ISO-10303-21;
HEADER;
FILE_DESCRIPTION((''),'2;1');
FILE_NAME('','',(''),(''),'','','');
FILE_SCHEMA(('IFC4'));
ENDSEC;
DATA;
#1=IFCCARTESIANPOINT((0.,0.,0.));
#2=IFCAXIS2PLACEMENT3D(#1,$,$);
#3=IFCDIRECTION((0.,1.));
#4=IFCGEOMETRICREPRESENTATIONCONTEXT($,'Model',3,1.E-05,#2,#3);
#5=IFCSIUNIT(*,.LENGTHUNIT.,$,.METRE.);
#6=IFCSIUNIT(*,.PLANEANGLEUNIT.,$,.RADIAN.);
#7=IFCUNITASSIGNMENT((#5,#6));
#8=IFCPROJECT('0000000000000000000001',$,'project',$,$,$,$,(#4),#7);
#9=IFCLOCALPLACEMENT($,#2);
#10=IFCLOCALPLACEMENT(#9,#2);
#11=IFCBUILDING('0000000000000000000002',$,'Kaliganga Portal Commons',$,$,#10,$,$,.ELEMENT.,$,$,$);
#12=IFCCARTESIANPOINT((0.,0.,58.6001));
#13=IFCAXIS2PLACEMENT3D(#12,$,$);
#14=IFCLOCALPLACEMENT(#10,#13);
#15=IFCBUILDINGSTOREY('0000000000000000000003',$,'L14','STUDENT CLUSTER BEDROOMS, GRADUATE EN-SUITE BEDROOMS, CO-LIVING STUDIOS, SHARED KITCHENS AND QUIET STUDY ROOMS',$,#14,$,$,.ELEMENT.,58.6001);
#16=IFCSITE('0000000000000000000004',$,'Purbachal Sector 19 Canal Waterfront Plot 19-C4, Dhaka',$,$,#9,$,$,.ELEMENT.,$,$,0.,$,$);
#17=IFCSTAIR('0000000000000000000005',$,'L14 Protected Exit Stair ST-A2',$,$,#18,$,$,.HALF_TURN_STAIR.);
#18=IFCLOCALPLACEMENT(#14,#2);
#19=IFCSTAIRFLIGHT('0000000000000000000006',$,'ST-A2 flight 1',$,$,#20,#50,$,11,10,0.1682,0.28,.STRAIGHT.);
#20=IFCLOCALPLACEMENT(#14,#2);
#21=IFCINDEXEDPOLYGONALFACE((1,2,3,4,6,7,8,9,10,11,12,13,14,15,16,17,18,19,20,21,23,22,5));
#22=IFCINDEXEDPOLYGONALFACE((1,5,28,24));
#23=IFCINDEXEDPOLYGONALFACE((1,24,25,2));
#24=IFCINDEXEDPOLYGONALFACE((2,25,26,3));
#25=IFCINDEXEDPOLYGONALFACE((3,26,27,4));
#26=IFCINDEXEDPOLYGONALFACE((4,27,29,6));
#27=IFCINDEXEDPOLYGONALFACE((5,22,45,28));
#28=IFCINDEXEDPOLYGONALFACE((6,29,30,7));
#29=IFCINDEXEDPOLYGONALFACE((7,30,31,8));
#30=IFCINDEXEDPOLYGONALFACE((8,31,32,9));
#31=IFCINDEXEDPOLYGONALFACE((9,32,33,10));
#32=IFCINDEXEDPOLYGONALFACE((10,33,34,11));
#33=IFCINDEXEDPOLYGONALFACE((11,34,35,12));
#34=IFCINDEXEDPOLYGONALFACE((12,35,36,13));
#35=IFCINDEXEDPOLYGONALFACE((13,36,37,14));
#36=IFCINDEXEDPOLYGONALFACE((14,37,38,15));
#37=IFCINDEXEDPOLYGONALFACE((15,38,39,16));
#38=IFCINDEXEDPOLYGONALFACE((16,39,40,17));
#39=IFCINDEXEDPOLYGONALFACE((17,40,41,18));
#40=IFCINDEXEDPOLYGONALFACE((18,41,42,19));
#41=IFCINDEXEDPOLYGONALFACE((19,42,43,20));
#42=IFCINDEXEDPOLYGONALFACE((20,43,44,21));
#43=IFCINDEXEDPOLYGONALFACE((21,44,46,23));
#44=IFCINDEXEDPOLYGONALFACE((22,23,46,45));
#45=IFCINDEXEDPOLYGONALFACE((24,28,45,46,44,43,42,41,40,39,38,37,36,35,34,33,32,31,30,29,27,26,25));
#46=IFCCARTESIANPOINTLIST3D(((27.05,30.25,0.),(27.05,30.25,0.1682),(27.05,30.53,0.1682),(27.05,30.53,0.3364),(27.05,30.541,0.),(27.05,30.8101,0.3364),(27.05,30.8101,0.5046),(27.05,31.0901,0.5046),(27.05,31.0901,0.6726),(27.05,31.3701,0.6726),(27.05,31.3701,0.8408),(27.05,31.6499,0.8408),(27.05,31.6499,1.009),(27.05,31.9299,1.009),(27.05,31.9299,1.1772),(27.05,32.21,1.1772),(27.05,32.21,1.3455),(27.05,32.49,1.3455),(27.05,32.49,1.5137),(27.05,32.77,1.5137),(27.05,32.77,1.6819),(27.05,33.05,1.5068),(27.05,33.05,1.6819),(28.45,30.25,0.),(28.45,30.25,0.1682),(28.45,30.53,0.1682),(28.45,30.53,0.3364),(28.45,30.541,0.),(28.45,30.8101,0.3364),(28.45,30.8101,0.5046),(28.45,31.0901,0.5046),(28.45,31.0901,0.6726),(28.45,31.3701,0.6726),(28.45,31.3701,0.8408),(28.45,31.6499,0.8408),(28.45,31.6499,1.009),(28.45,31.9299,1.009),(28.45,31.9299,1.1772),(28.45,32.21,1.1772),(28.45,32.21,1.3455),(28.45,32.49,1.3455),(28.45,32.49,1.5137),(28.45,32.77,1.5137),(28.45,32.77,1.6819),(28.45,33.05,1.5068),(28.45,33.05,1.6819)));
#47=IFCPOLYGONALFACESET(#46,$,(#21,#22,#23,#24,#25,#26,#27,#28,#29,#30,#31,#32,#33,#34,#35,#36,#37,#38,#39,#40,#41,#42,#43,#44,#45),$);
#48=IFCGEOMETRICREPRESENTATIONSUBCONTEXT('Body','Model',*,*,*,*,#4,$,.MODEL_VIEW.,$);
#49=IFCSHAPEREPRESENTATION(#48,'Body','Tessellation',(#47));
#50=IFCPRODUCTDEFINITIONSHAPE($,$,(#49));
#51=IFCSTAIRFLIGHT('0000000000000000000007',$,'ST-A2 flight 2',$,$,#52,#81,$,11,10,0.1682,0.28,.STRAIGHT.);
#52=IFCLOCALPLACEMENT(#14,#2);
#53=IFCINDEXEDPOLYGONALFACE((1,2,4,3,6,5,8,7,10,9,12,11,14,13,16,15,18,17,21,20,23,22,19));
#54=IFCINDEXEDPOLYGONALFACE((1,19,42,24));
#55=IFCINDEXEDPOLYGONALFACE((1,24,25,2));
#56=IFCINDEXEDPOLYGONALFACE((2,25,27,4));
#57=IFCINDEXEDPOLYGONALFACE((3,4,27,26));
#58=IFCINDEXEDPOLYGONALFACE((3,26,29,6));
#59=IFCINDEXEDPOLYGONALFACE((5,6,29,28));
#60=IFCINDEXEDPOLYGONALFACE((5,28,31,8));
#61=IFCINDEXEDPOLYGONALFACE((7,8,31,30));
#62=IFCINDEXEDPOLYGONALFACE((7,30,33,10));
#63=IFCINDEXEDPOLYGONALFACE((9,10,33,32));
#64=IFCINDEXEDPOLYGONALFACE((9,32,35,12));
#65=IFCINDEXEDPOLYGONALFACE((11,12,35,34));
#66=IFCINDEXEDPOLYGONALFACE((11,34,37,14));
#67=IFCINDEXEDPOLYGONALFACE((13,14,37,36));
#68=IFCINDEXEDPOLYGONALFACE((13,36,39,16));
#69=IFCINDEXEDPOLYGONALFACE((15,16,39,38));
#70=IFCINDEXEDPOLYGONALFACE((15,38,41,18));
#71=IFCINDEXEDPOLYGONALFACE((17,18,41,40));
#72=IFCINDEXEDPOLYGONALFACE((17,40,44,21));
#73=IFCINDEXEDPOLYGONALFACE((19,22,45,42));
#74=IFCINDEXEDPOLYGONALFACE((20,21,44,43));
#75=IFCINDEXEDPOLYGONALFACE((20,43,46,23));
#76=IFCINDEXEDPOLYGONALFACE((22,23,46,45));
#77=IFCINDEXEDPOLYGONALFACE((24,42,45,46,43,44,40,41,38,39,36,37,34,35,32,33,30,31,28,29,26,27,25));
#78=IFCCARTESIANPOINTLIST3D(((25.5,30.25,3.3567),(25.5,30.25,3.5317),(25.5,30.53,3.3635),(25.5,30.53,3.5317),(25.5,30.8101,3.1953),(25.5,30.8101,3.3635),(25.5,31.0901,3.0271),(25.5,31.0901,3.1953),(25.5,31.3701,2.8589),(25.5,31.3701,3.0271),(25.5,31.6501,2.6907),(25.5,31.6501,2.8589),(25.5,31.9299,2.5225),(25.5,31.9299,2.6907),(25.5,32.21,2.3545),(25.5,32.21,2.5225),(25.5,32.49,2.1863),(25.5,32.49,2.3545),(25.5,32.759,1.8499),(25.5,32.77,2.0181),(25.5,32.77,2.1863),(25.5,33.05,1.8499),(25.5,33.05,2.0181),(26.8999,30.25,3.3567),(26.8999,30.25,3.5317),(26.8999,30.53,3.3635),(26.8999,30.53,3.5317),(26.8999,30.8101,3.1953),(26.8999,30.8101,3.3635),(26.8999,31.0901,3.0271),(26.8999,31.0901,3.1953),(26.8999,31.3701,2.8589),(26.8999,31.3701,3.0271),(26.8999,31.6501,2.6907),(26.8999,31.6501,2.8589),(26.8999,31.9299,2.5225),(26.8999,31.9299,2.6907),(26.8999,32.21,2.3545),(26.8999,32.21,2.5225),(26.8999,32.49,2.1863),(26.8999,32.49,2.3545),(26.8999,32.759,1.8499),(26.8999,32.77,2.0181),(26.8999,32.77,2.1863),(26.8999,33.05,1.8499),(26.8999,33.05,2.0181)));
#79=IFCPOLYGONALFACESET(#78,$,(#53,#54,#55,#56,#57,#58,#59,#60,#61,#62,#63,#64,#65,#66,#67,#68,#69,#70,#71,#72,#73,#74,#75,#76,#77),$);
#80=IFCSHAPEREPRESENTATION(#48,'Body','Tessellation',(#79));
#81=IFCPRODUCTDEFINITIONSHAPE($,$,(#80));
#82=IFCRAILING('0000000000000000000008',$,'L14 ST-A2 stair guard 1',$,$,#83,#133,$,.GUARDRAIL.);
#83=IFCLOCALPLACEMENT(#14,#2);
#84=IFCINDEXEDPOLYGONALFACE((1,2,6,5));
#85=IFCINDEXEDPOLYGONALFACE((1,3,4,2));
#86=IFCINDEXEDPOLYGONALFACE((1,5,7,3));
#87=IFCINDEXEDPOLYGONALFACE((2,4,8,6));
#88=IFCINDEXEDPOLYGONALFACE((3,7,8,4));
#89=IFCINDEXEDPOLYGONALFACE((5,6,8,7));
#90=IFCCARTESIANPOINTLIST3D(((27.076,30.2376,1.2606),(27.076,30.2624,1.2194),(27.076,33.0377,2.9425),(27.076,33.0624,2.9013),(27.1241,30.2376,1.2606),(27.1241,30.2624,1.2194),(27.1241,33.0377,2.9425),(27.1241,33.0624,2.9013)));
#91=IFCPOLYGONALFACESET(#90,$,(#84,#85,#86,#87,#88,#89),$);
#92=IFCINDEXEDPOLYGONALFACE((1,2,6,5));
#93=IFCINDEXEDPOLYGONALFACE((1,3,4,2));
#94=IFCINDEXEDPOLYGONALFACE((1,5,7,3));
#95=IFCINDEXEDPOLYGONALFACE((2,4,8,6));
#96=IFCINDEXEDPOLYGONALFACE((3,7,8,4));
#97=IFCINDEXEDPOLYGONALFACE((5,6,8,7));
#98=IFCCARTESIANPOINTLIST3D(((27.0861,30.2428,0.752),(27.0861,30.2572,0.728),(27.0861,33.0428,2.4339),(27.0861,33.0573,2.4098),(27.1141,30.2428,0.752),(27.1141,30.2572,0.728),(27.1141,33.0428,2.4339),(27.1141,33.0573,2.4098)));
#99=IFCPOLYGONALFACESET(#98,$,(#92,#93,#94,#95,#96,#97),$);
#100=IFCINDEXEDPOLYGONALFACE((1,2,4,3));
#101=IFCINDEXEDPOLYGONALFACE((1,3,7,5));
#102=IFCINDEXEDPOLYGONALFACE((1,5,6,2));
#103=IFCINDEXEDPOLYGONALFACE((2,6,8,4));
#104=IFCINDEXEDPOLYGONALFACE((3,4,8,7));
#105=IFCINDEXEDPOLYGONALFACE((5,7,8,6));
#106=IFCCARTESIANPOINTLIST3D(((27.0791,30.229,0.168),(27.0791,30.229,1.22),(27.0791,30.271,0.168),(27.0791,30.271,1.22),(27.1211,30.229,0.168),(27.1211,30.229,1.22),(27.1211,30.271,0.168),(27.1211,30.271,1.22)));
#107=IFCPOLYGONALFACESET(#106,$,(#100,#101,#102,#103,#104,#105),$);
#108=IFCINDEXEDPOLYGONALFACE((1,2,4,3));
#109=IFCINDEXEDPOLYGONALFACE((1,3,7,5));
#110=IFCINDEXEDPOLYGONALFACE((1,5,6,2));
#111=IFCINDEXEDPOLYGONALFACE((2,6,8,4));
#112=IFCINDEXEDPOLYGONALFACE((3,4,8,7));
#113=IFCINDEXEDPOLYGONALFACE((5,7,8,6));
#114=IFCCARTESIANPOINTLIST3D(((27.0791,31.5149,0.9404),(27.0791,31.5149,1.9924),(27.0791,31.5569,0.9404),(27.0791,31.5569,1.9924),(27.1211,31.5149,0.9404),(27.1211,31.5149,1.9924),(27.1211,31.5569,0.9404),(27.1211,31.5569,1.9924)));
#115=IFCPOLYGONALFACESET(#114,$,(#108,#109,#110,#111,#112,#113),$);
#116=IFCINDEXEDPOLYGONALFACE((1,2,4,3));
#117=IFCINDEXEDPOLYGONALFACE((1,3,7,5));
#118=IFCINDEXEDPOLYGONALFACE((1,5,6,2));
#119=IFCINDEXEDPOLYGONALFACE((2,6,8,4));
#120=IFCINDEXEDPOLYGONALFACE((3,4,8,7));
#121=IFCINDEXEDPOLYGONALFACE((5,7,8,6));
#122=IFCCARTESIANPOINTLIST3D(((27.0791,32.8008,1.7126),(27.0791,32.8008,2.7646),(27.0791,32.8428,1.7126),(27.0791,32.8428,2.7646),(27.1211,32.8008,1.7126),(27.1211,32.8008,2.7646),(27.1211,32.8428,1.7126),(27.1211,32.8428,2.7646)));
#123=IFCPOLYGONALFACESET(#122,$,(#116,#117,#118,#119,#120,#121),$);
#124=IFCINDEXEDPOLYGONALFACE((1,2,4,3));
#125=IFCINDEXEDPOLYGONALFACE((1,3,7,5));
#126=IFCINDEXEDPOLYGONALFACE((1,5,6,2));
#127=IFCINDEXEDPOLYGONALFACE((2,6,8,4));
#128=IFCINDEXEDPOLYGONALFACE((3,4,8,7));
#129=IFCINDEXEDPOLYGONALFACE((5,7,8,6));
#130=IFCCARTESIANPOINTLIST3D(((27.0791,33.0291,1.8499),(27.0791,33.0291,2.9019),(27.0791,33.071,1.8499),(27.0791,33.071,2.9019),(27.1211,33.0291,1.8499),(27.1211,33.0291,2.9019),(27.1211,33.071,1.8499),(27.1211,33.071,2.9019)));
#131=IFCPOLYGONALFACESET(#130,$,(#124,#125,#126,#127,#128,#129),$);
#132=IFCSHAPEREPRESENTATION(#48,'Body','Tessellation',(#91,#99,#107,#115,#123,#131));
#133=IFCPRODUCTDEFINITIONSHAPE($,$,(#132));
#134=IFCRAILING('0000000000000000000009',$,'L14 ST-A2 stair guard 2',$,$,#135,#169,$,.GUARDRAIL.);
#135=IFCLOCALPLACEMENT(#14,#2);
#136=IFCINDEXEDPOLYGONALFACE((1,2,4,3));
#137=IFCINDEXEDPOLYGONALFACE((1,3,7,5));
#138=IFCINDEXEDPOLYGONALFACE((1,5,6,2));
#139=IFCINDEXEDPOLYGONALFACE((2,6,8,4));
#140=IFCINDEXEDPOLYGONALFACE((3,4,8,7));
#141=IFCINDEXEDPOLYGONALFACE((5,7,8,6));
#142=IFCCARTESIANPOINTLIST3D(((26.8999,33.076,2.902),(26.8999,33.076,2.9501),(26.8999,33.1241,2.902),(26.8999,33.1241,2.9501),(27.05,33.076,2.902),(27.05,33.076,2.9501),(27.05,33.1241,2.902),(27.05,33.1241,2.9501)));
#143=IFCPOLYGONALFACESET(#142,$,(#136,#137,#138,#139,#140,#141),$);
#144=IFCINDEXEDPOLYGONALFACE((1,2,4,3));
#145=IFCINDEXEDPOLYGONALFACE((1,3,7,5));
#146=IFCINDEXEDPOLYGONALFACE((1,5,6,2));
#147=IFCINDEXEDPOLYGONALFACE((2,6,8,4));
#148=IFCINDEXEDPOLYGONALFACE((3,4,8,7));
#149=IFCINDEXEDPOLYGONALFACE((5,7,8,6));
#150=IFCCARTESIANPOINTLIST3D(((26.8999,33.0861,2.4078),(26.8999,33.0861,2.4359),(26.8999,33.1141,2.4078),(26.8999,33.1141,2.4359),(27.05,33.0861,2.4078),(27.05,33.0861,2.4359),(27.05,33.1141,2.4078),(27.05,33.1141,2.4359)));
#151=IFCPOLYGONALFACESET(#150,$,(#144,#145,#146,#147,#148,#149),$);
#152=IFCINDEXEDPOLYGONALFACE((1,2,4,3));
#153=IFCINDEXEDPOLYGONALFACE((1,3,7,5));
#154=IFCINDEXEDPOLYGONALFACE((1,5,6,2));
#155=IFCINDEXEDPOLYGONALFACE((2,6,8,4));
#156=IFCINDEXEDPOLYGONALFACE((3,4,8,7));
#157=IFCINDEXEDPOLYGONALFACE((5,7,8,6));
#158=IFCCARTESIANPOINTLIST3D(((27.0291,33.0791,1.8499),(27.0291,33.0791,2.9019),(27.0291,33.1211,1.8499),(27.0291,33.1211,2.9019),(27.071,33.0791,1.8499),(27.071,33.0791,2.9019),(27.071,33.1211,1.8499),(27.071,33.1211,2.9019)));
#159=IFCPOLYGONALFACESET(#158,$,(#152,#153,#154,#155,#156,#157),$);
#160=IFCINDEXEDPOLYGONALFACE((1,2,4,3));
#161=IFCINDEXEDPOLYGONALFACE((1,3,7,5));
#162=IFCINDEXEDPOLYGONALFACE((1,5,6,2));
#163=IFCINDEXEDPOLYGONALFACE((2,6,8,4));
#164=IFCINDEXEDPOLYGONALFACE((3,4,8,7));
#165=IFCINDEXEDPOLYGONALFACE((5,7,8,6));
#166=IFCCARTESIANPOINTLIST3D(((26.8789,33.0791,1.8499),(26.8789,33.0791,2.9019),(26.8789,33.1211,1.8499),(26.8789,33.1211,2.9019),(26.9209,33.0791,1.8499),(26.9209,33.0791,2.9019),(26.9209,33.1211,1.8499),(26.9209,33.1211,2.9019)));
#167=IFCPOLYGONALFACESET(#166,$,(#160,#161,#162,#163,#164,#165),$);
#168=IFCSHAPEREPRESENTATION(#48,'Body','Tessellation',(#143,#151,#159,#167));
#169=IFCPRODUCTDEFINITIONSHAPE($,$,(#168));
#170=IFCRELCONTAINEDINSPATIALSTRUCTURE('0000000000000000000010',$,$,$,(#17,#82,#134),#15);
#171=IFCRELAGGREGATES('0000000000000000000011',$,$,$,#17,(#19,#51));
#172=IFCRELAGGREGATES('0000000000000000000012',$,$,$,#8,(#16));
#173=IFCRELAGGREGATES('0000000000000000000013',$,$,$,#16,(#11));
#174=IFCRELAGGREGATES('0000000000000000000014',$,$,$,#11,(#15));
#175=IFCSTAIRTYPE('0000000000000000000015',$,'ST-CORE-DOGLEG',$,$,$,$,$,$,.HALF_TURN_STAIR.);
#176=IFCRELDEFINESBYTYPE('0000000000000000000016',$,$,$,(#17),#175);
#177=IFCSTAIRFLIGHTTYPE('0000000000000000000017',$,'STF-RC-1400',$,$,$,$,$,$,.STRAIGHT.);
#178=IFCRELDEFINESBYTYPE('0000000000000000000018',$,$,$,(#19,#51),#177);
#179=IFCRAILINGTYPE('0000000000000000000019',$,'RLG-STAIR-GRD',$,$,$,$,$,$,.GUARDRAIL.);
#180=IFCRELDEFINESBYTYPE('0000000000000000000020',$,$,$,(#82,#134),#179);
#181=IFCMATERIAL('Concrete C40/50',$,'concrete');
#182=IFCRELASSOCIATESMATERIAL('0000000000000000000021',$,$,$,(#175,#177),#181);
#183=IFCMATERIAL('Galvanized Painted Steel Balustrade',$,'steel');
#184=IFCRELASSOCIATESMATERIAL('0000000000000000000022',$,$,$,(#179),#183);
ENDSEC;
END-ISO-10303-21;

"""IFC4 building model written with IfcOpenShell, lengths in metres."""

from ifc_helpers import new_model, si_unit, direction, frame, origin, origin_2d, place, context, subcontext, project, spatial, polyline, rectangle, outline, extrude, material, type_object, element, aggregate, save


model = new_model("IFC4")

# Units and contexts
model_context = context("Model", 3, precision=1e-05, world=origin(), true_north=direction((0.0, 1.0)))
body_context = subcontext(model_context, "Body", "Model", "MODEL_VIEW")
ifc_project = project(units=[si_unit("LENGTHUNIT", "METRE"), si_unit("PLANEANGLEUNIT", "RADIAN")], contexts=[model_context])

# Site, building, storey
site_placement = place(None, origin())
site = spatial("IfcSite", under=ifc_project, at=site_placement, Name="Purbachal Sector 19 Canal Waterfront Plot 19-C4, Dhaka", CompositionType="ELEMENT", RefElevation=0.0)
building_placement = place(site_placement, origin())
building = spatial("IfcBuilding", under=site, at=building_placement, Name="Kaliganga Portal Commons", CompositionType="ELEMENT")
storey_placement = place(building_placement, frame((0.0, 0.0, 58.6001)))
storey = spatial("IfcBuildingStorey", under=building, at=storey_placement, Name="L14", Description="STUDENT CLUSTER BEDROOMS, GRADUATE EN-SUITE BEDROOMS, CO-LIVING STUDIOS, SHARED KITCHENS AND QUIET STUDY ROOMS", CompositionType="ELEMENT", Elevation=58.6001)

# Stair, stair flights
ifc_material_1 = material(Name="Concrete C40/50", Category="concrete")
stair_type = type_object("IfcStairType", Name="ST-CORE-DOGLEG", PredefinedType="HALF_TURN_STAIR", material=ifc_material_1)
stair_placement = place(storey_placement, origin())
stair = element("IfcStair", 1, at=stair_placement, inside=storey, type_object=stair_type, Name="L14 Protected Exit Stair ST-A2", PredefinedType="HALF_TURN_STAIR")
stair_flight_type = type_object("IfcStairFlightType", Name="STF-RC-1400", PredefinedType="STRAIGHT", material=ifc_material_1)
stair_flight_1_placement = place(storey_placement, frame((27.75, 30.25, 0.0), z_axis=(0.0, 0.0, 1.0), x_axis=(0.0, 1.0, 0.0)))
stair_flight_1 = element("IfcStairFlight", 2, at=stair_flight_1_placement, type_object=stair_flight_type, Name="ST-A2 flight 1", NumberOfRisers=11, NumberOfTreads=10, PredefinedType="STRAIGHT", RiserHeight=0.1682, TreadLength=0.28, context=body_context, shape_type="SweptSolid", body=[
    extrude(outline(polyline([(0.0, 0.0), (0.0, 0.1682), (0.28, 0.1682), (0.28, 0.3364), (0.5601, 0.3364), (0.5601, 0.5046), (0.8401, 0.5046), (0.8401, 0.6726), (1.1201, 0.6726), (1.1201, 0.8408), (1.3999, 0.8408), (1.3999, 1.009), (1.6799, 1.009), (1.6799, 1.1772), (1.96, 1.1772), (1.96, 1.3455), (2.24, 1.3455), (2.24, 1.5137), (2.52, 1.5137), (2.52, 1.6819), (2.8, 1.6819), (2.8, 1.8501), (2.8, 1.5068), (0.291, 0.0), (0.0, 0.0)])), frame((0.0, 0.7, 0.0), z_axis=(0.0, -1.0, 0.0), x_axis=(1.0, 0.0, 0.0)), (0.0, 0.0, 1.0), 1.3999),
])
stair_flight_2_placement = place(storey_placement, frame((26.2, 33.05, 1.8499), z_axis=(0.0, 0.0, 1.0), x_axis=(0.0, -1.0, 0.0)))
stair_flight_2 = element("IfcStairFlight", 3, at=stair_flight_2_placement, type_object=stair_flight_type, Name="ST-A2 flight 2", NumberOfRisers=11, NumberOfTreads=10, PredefinedType="STRAIGHT", RiserHeight=0.1682, TreadLength=0.28, context=body_context, shape_type="SweptSolid", body=[
    extrude(outline(polyline([(0.0, 0.0), (0.0, 0.1682), (0.28, 0.1682), (0.28, 0.3364), (0.5601, 0.3364), (0.5601, 0.5046), (0.8401, 0.5046), (0.8401, 0.6726), (1.1201, 0.6726), (1.1201, 0.8408), (1.3999, 0.8408), (1.3999, 1.009), (1.6799, 1.009), (1.6799, 1.1772), (1.96, 1.1772), (1.96, 1.3455), (2.24, 1.3455), (2.24, 1.5137), (2.52, 1.5137), (2.52, 1.6819), (2.8, 1.6819), (2.8, 1.8501), (2.8, 1.5068), (0.291, 0.0), (0.0, 0.0)])), frame((0.0, 0.7, 0.0), z_axis=(0.0, -1.0, 0.0), x_axis=(1.0, 0.0, 0.0)), (0.0, 0.0, 1.0), 1.3999),
])
aggregate(stair, [stair_flight_1, stair_flight_2])

# Railings
ifc_material_2 = material(Name="Galvanized Painted Steel Balustrade", Category="steel")
railing_type_1 = type_object("IfcRailingType", Name="RLG-STAIR-GRD", PredefinedType="GUARDRAIL", material=ifc_material_2)
railing_1_placement = place(storey_placement, frame((27.1001, 30.25, 0.168)))
element("IfcRailing", 4, at=railing_1_placement, inside=storey, type_object=railing_type_1, Name="L14 ST-A2 stair guard 1", PredefinedType="GUARDRAIL", context=body_context, shape_type="SweptSolid", body=[
    extrude(rectangle(XDim=0.0481, YDim=0.0481, at=origin_2d()), frame((0.0, 0.0, 1.072), z_axis=(0.0, 0.857242, 0.514913), x_axis=(-1.0, 0.0, 0.0)), (0.0, 0.0, 1.0), 3.2664),
    extrude(rectangle(XDim=0.0281, YDim=0.0281, at=origin_2d()), frame((0.0, 0.0, 0.572), z_axis=(0.0, 0.857242, 0.514913), x_axis=(-1.0, 0.0, 0.0)), (0.0, 0.0, 1.0), 3.2664),
    extrude(rectangle(XDim=0.042, YDim=0.042, at=origin_2d()), origin(), (0.0, 0.0, 1.0), 1.052),
    extrude(rectangle(XDim=0.042, YDim=0.042, at=origin_2d()), frame((0.0, 1.2859, 0.7725)), (0.0, 0.0, 1.0), 1.052),
    extrude(rectangle(XDim=0.042, YDim=0.042, at=origin_2d()), frame((0.0, 2.5718, 1.5447)), (0.0, 0.0, 1.0), 1.052),
    extrude(rectangle(XDim=0.042, YDim=0.042, at=origin_2d()), frame((0.0, 2.8, 1.6819)), (0.0, 0.0, 1.0), 1.052),
])
railing_2_placement = place(storey_placement, frame((27.05, 33.1001, 1.8499)))
element("IfcRailing", 5, at=railing_2_placement, inside=storey, type_object=railing_type_1, Name="L14 ST-A2 stair guard 2", PredefinedType="GUARDRAIL", context=body_context, shape_type="SweptSolid", body=[
    extrude(rectangle(XDim=0.0481, YDim=0.0481, at=origin_2d()), frame((0.0, 0.0, 1.0762), z_axis=(-1.0, 0.0, 0.0), x_axis=(0.0, -1.0, 0.0)), (0.0, 0.0, 1.0), 0.1501),
    extrude(rectangle(XDim=0.0281, YDim=0.0281, at=origin_2d()), frame((0.0, 0.0, 0.572), z_axis=(-1.0, 0.0, 0.0), x_axis=(0.0, -1.0, 0.0)), (0.0, 0.0, 1.0), 0.1501),
    extrude(rectangle(XDim=0.042, YDim=0.042, at=origin_2d()), origin(), (0.0, 0.0, 1.0), 1.052),
    extrude(rectangle(XDim=0.042, YDim=0.042, at=origin_2d()), frame((-0.1501, 0.0, 0.0)), (0.0, 0.0, 1.0), 1.052),
])

save(model, "model.ifc")
